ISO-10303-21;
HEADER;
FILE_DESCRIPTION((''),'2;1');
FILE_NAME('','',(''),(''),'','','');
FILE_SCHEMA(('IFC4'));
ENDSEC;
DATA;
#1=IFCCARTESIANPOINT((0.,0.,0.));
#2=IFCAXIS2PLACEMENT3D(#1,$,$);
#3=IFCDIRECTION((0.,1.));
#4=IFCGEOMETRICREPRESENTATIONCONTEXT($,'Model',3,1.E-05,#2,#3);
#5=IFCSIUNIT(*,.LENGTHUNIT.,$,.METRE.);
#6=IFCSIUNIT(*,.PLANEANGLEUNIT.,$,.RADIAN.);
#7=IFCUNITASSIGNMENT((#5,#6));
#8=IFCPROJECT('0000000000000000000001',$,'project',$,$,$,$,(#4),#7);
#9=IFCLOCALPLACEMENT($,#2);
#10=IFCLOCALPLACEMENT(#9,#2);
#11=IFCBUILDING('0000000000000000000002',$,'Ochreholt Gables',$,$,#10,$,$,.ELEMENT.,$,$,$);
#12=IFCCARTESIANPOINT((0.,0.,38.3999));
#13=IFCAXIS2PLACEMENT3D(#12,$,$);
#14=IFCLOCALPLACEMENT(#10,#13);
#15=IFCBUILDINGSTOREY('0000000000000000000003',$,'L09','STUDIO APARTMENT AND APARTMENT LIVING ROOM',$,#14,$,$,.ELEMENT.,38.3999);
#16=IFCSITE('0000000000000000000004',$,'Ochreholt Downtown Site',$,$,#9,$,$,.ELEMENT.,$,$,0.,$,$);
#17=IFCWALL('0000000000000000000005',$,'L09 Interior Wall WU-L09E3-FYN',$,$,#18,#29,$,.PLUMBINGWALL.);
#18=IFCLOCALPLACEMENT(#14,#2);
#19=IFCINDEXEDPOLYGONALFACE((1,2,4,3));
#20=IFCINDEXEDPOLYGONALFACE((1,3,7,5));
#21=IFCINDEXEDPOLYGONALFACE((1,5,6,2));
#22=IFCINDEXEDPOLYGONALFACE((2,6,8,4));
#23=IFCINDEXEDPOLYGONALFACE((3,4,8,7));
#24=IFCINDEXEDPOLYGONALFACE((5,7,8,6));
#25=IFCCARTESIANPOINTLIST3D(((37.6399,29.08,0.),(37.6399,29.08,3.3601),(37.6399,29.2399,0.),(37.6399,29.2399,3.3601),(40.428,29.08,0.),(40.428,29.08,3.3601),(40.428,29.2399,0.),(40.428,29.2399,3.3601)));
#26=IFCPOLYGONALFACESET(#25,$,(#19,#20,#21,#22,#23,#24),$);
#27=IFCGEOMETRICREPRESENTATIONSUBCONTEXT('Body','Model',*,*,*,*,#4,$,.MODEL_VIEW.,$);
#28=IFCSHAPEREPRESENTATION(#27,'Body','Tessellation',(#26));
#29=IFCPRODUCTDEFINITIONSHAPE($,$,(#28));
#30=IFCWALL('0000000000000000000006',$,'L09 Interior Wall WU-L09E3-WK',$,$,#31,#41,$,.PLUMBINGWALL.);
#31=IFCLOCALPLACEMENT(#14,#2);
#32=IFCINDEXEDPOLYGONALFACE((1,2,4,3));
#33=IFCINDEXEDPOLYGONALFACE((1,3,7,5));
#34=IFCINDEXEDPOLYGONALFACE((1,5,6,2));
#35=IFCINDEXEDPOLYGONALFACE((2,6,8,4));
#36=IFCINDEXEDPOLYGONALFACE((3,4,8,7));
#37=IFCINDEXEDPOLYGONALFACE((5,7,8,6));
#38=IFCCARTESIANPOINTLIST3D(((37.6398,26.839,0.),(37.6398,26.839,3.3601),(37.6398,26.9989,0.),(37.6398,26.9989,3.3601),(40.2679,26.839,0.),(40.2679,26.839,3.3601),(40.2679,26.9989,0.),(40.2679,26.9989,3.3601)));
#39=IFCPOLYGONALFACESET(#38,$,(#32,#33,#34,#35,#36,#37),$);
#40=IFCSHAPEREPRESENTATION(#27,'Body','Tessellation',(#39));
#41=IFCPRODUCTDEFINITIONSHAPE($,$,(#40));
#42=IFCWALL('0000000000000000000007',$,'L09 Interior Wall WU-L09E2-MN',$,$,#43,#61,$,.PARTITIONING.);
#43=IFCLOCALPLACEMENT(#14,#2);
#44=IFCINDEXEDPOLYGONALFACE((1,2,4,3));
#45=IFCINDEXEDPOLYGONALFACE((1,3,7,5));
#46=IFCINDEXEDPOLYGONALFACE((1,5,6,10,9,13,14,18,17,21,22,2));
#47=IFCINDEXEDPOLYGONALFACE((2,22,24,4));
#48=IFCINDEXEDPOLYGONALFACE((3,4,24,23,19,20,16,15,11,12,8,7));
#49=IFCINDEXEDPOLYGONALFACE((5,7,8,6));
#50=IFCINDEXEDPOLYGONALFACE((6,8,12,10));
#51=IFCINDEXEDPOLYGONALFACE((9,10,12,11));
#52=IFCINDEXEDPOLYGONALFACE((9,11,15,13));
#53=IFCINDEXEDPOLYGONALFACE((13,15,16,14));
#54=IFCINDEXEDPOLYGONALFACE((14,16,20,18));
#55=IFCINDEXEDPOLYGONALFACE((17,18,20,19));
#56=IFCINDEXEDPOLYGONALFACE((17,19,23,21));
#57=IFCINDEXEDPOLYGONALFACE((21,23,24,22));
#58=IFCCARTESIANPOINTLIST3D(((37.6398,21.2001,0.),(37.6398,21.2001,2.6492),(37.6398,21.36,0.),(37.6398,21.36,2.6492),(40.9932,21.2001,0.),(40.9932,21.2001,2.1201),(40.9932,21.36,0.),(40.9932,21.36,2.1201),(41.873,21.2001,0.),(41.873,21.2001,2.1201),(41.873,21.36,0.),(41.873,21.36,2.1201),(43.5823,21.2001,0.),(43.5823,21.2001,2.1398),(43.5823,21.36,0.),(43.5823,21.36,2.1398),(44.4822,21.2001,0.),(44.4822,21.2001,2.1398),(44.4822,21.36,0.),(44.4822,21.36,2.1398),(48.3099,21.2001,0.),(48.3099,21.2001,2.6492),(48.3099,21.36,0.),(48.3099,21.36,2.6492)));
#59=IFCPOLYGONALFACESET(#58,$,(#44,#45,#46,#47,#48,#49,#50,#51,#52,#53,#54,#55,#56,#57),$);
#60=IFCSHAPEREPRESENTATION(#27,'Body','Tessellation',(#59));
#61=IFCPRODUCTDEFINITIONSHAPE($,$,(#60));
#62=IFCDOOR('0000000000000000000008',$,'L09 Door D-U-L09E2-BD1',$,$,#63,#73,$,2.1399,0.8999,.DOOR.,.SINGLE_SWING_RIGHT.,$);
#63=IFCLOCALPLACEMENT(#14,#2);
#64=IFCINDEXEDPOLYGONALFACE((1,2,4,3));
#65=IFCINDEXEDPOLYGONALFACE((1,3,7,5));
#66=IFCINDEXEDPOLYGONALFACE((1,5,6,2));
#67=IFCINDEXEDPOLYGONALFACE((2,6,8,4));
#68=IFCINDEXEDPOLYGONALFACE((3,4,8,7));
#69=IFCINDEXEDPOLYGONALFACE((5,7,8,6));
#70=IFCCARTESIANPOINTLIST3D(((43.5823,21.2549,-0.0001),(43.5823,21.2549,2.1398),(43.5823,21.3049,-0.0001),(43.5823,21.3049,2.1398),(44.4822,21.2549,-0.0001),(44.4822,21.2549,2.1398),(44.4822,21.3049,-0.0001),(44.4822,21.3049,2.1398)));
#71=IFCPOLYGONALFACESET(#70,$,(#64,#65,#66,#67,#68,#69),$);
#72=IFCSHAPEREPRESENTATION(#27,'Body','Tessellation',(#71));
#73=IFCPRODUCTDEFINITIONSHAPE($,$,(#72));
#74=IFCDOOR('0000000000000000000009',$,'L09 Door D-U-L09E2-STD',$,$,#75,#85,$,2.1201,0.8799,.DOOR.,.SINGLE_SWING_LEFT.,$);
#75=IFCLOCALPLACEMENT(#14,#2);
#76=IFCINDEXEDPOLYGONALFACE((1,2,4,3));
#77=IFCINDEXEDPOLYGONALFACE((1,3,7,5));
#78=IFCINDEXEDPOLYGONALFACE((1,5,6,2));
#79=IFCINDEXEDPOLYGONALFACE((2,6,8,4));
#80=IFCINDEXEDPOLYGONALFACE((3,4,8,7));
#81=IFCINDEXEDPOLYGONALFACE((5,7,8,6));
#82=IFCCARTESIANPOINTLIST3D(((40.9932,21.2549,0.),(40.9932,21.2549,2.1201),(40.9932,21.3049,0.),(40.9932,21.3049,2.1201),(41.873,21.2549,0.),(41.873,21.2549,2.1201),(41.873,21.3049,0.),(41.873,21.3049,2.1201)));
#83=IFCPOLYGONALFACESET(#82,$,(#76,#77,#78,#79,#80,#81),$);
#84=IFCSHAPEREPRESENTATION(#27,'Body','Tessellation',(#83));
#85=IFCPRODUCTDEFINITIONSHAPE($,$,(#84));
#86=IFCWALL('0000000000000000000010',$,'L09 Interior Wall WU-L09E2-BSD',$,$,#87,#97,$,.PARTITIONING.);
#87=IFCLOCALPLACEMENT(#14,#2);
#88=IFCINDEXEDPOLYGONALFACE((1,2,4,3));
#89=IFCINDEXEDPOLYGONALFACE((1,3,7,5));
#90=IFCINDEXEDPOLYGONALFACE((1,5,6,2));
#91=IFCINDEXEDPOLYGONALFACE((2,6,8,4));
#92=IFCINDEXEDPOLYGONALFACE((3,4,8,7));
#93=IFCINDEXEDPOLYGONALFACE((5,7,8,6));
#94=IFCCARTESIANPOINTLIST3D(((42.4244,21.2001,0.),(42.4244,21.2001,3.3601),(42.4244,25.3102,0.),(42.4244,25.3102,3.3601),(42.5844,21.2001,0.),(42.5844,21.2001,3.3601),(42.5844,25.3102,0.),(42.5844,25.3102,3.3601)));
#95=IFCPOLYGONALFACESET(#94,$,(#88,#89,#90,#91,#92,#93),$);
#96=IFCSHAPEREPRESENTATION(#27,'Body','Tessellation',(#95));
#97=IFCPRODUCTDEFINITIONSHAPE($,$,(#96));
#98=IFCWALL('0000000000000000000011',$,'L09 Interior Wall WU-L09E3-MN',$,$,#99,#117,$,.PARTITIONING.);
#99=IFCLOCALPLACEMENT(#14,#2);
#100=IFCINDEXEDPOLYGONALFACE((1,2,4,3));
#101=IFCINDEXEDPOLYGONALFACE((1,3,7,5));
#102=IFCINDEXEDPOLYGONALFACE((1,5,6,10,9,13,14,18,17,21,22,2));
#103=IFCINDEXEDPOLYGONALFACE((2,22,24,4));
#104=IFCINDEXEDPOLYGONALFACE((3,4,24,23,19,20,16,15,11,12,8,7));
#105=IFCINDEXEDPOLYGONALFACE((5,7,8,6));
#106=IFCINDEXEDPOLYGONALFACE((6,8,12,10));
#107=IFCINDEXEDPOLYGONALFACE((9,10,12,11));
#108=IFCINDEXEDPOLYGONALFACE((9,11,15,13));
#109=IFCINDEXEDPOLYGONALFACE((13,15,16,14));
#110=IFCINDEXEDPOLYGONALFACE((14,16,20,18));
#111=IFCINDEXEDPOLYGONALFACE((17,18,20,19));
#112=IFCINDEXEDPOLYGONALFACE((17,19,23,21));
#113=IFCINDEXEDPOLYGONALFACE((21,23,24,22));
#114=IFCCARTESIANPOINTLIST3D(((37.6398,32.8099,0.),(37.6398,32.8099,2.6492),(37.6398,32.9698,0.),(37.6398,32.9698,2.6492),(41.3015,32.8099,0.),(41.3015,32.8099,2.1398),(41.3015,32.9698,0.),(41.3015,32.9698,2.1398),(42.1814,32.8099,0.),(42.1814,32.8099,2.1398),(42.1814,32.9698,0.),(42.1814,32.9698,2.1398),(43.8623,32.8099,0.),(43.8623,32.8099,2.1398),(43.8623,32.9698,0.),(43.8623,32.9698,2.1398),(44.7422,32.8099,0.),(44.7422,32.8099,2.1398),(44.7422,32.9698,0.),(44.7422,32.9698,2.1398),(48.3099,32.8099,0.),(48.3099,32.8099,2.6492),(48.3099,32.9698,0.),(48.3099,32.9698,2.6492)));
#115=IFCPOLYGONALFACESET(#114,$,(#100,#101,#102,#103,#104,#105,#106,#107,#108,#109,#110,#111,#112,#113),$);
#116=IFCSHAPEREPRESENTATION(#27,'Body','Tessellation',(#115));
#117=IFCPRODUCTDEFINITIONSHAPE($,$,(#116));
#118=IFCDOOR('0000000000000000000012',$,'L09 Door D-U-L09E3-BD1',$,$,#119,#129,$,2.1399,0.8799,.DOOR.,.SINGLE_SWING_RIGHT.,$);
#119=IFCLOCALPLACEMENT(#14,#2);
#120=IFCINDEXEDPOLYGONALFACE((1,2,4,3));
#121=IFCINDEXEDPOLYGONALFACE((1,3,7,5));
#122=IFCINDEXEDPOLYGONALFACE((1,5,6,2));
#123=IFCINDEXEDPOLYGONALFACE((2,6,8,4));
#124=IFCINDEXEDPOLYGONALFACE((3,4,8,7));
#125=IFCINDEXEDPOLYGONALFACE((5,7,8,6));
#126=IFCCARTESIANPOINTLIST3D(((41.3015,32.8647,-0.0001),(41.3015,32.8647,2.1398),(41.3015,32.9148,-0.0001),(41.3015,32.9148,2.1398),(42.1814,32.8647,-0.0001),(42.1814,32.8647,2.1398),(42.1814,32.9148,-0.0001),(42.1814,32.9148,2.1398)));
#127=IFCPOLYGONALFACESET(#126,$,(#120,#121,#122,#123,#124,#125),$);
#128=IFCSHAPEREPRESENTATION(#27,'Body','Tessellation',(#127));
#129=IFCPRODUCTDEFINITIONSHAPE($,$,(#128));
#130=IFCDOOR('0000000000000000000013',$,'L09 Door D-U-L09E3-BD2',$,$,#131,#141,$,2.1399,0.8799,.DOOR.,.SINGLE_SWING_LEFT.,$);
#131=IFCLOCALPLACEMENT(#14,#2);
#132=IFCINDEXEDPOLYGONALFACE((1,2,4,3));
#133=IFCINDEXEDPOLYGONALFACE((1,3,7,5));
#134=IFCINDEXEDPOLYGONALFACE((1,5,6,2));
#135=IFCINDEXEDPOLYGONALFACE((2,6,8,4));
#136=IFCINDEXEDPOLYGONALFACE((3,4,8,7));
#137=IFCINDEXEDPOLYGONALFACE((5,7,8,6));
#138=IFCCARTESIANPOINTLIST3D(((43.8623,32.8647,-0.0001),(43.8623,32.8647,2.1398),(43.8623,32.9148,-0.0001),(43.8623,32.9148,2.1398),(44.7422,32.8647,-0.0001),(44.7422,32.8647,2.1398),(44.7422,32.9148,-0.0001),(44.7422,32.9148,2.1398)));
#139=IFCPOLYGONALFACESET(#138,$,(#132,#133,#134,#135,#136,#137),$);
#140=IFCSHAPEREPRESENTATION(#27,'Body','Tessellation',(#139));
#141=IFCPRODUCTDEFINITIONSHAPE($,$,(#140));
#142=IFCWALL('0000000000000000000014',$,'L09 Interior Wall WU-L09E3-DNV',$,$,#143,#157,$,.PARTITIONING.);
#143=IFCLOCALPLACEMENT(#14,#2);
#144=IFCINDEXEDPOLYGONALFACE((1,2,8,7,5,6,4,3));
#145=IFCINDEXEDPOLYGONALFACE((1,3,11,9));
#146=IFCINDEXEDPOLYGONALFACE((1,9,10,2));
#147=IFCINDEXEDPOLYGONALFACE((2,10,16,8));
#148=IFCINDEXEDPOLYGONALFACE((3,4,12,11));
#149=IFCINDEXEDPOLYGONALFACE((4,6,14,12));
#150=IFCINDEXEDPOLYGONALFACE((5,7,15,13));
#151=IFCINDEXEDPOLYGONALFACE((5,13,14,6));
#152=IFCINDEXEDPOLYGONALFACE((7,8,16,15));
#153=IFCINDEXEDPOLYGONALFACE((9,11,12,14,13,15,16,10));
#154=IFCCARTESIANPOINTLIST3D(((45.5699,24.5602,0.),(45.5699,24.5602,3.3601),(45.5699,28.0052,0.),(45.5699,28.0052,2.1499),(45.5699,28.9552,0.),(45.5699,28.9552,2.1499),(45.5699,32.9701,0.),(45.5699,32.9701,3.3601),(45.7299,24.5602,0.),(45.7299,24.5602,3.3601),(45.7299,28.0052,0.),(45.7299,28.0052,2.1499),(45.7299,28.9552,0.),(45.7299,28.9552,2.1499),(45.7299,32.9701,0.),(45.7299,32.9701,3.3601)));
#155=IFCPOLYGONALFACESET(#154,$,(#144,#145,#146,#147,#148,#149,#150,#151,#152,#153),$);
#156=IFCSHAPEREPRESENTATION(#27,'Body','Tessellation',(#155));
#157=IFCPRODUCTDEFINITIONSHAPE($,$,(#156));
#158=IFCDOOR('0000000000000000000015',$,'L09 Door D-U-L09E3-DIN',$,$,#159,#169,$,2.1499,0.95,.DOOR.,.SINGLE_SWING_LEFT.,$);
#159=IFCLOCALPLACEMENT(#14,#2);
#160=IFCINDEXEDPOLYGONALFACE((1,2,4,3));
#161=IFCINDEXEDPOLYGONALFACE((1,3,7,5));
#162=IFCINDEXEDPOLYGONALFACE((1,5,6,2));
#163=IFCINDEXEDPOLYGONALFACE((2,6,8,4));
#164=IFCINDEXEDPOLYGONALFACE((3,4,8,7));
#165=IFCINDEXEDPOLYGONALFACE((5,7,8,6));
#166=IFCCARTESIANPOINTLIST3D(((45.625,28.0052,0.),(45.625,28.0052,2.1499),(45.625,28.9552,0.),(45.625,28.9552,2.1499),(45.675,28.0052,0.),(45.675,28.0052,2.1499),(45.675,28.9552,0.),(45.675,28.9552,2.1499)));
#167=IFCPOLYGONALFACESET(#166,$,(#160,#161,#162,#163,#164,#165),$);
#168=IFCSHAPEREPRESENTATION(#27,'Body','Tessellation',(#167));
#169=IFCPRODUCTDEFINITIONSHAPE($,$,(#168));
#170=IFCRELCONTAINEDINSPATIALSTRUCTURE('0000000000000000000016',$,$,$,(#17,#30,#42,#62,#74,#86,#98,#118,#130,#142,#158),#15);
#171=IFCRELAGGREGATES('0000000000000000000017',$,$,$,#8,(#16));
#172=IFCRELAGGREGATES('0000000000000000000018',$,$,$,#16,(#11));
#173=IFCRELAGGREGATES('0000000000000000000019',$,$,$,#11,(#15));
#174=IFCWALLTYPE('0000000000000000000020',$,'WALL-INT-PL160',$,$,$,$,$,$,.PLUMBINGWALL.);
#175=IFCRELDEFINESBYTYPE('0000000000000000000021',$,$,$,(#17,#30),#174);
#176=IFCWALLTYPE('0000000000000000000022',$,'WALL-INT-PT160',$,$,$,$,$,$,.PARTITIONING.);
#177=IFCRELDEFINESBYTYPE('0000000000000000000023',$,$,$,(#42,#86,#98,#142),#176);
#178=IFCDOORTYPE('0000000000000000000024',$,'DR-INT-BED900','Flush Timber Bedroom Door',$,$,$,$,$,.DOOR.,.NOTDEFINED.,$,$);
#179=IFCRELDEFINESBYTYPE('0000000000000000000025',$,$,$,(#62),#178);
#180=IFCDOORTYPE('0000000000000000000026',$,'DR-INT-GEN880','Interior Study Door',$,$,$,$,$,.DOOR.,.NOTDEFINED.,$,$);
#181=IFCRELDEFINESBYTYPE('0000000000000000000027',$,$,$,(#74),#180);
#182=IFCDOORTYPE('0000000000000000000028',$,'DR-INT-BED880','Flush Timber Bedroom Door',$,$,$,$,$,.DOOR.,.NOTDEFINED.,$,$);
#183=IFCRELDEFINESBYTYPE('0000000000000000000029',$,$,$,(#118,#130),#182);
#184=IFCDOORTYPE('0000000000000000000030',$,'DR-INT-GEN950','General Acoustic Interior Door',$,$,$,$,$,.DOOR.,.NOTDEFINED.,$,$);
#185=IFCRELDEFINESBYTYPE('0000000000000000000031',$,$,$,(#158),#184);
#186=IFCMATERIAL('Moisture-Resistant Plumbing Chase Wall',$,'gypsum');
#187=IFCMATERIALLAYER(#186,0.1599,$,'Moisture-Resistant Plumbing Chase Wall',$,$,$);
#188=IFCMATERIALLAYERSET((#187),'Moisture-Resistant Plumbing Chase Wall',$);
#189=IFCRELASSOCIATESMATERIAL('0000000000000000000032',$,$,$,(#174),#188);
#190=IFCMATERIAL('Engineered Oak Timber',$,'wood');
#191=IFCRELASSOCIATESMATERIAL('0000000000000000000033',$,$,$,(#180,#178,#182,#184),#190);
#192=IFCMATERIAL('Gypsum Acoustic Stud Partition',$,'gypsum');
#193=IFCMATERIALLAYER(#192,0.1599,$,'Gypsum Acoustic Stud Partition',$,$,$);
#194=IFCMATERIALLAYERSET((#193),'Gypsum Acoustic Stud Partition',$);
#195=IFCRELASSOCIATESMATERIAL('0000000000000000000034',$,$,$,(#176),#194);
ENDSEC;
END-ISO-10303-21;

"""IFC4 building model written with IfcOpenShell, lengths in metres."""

from ifc_helpers import new_model, si_unit, direction, frame, frame_2d, origin, place, context, subcontext, project, spatial, rectangle, extrude, material, layer, layer_set, type_object, element, fill, save


model = new_model("IFC4")

# Units and contexts
model_context = context("Model", 3, precision=1e-05, world=origin(), true_north=direction((0.0, 1.0)))
body_context = subcontext(model_context, "Body", "Model", "MODEL_VIEW")
ifc_project = project(units=[si_unit("LENGTHUNIT", "METRE"), si_unit("PLANEANGLEUNIT", "RADIAN")], contexts=[model_context])

# Site, building, storey
site_placement = place(None, origin())
site = spatial("IfcSite", under=ifc_project, at=site_placement, Name="Ochreholt Downtown Site", CompositionType="ELEMENT", RefElevation=0.0)
building_placement = place(site_placement, origin())
building = spatial("IfcBuilding", under=site, at=building_placement, Name="Ochreholt Gables", CompositionType="ELEMENT")
storey_placement = place(building_placement, frame((0.0, 0.0, 38.3999)))
storey = spatial("IfcBuildingStorey", under=building, at=storey_placement, Name="L09", Description="STUDIO APARTMENT AND APARTMENT LIVING ROOM", CompositionType="ELEMENT", Elevation=38.3999)

# Wall
ifc_material_1 = material(Name="Moisture-Resistant Plumbing Chase Wall", Category="gypsum")
ifc_layer_1 = layer(ifc_material_1, 0.1599, Name="Moisture-Resistant Plumbing Chase Wall")
ifc_layer_set_1 = layer_set([ifc_layer_1], Name="Moisture-Resistant Plumbing Chase Wall")
wall_type_1 = type_object("IfcWallType", Name="WALL-INT-PL160", PredefinedType="PLUMBINGWALL", material=ifc_layer_set_1)
wall_1_placement = place(storey_placement, frame((37.6399, 29.1599, 0.0), z_axis=(0.0, 0.0, 1.0), x_axis=(1.0, 0.0, 0.0)))
element("IfcWall", 1, at=wall_1_placement, inside=storey, type_object=wall_type_1, Name="L09 Interior Wall WU-L09E3-FYN", PredefinedType="PLUMBINGWALL", context=body_context, shape_type="SweptSolid", body=[
    extrude(rectangle(XDim=2.7881, YDim=0.1599, at=frame_2d((1.394, 0.0))), origin(), (0.0, 0.0, 1.0), 3.3601),
])

# Shared definitions
ifc_material_2 = material(Name="Engineered Oak Timber", Category="wood")
door_type_1 = type_object("IfcDoorType", Name="DR-INT-GEN880", Description="Interior Study Door", OperationType="NOTDEFINED", PredefinedType="DOOR", material=ifc_material_2)

# Wall
wall_2_placement = place(storey_placement, frame((37.6399, 26.9189, 0.0), z_axis=(0.0, 0.0, 1.0), x_axis=(1.0, 0.0, 0.0)))
element("IfcWall", 2, at=wall_2_placement, inside=storey, type_object=wall_type_1, Name="L09 Interior Wall WU-L09E3-WK", PredefinedType="PLUMBINGWALL", context=body_context, shape_type="SweptSolid", body=[
    extrude(rectangle(XDim=2.6282, YDim=0.1599, at=frame_2d((1.314, 0.0))), origin(), (0.0, 0.0, 1.0), 3.3601),
])

# Wall, openings, doors
ifc_material_3 = material(Name="Gypsum Acoustic Stud Partition", Category="gypsum")
ifc_layer_2 = layer(ifc_material_3, 0.1599, Name="Gypsum Acoustic Stud Partition")
ifc_layer_set_2 = layer_set([ifc_layer_2], Name="Gypsum Acoustic Stud Partition")
wall_type_2 = type_object("IfcWallType", Name="WALL-INT-PT160", PredefinedType="PARTITIONING", material=ifc_layer_set_2)
wall_3_placement = place(storey_placement, frame((37.6399, 21.28, 0.0), z_axis=(0.0, 0.0, 1.0), x_axis=(1.0, 0.0, 0.0)))
wall_3 = element("IfcWall", 3, at=wall_3_placement, inside=storey, type_object=wall_type_2, Name="L09 Interior Wall WU-L09E2-MN", PredefinedType="PARTITIONING", context=body_context, shape_type="SweptSolid", body=[
    extrude(rectangle(XDim=10.6702, YDim=0.1599, at=frame_2d((5.335, 0.0))), origin(), (0.0, 0.0, 1.0), 2.6492),
])
opening_1_placement = place(wall_3_placement, frame((3.3533, 0.0, 0.0)))
opening_1 = element("IfcOpeningElement", 4, at=opening_1_placement, cuts=wall_3, PredefinedType="OPENING", context=body_context, shape_type="SweptSolid", body=[
    extrude(rectangle(XDim=0.8799, YDim=2.1201, at=frame_2d((0.4399, 1.0601))), frame((0.0, 0.0898, 0.0), z_axis=(0.0, -1.0, 0.0), x_axis=(1.0, 0.0, 0.0)), (0.0, 0.0, 1.0), 0.1799),
])
opening_2_placement = place(wall_3_placement, frame((5.9424, 0.0, 0.0)))
opening_2 = element("IfcOpeningElement", 5, at=opening_2_placement, cuts=wall_3, PredefinedType="OPENING", context=body_context, shape_type="SweptSolid", body=[
    extrude(rectangle(XDim=0.8999, YDim=2.1399, at=frame_2d((0.45, 1.0698))), frame((0.0, 0.0898, 0.0), z_axis=(0.0, -1.0, 0.0), x_axis=(1.0, 0.0, 0.0)), (0.0, 0.0, 1.0), 0.1799),
])
door_type_2 = type_object("IfcDoorType", Name="DR-INT-BED900", Description="Flush Timber Bedroom Door", OperationType="NOTDEFINED", PredefinedType="DOOR", material=ifc_material_2)
door_1_placement = place(opening_2_placement, origin())
door_1 = element("IfcDoor", 6, at=door_1_placement, inside=storey, type_object=door_type_2, Name="L09 Door D-U-L09E2-BD1", OperationType="SINGLE_SWING_RIGHT", OverallHeight=2.1399, OverallWidth=0.8999, PredefinedType="DOOR", context=body_context, shape_type="SweptSolid", body=[
    extrude(rectangle(XDim=0.8999, YDim=2.1399, at=frame_2d((0.45, 1.0698))), frame((0.0, 0.0249, 0.0), z_axis=(0.0, -1.0, 0.0), x_axis=(1.0, 0.0, 0.0)), (0.0, 0.0, 1.0), 0.05),
])
fill(opening_2, door_1)
door_2_placement = place(opening_1_placement, origin())
door_2 = element("IfcDoor", 7, at=door_2_placement, inside=storey, type_object=door_type_1, Name="L09 Door D-U-L09E2-STD", OperationType="SINGLE_SWING_LEFT", OverallHeight=2.1201, OverallWidth=0.8799, PredefinedType="DOOR", context=body_context, shape_type="SweptSolid", body=[
    extrude(rectangle(XDim=0.8799, YDim=2.1201, at=frame_2d((0.4399, 1.0601))), frame((0.0, 0.0249, 0.0), z_axis=(0.0, -1.0, 0.0), x_axis=(1.0, 0.0, 0.0)), (0.0, 0.0, 1.0), 0.05),
])
fill(opening_1, door_2)

# Wall
wall_4_placement = place(storey_placement, frame((42.5044, 21.2, 0.0), z_axis=(0.0, 0.0, 1.0), x_axis=(0.0, 1.0, 0.0)))
element("IfcWall", 8, at=wall_4_placement, inside=storey, type_object=wall_type_2, Name="L09 Interior Wall WU-L09E2-BSD", PredefinedType="PARTITIONING", context=body_context, shape_type="SweptSolid", body=[
    extrude(rectangle(XDim=4.1101, YDim=0.1599, at=frame_2d((2.0552, 0.0))), origin(), (0.0, 0.0, 1.0), 3.3601),
])

# Wall, openings, doors
wall_5_placement = place(storey_placement, frame((37.6399, 32.8899, 0.0), z_axis=(0.0, 0.0, 1.0), x_axis=(1.0, 0.0, 0.0)))
wall_5 = element("IfcWall", 9, at=wall_5_placement, inside=storey, type_object=wall_type_2, Name="L09 Interior Wall WU-L09E3-MN", PredefinedType="PARTITIONING", context=body_context, shape_type="SweptSolid", body=[
    extrude(rectangle(XDim=10.6702, YDim=0.1599, at=frame_2d((5.335, 0.0))), origin(), (0.0, 0.0, 1.0), 2.6492),
])
opening_3_placement = place(wall_5_placement, frame((3.6616, 0.0, 0.0)))
opening_3 = element("IfcOpeningElement", 10, at=opening_3_placement, cuts=wall_5, PredefinedType="OPENING", context=body_context, shape_type="SweptSolid", body=[
    extrude(rectangle(XDim=0.8799, YDim=2.1399, at=frame_2d((0.4399, 1.0698))), frame((0.0, 0.0898, 0.0), z_axis=(0.0, -1.0, 0.0), x_axis=(1.0, 0.0, 0.0)), (0.0, 0.0, 1.0), 0.1799),
])
opening_4_placement = place(wall_5_placement, frame((6.2224, 0.0, 0.0)))
opening_4 = element("IfcOpeningElement", 11, at=opening_4_placement, cuts=wall_5, PredefinedType="OPENING", context=body_context, shape_type="SweptSolid", body=[
    extrude(rectangle(XDim=0.8799, YDim=2.1399, at=frame_2d((0.4399, 1.0698))), frame((0.0, 0.0898, 0.0), z_axis=(0.0, -1.0, 0.0), x_axis=(1.0, 0.0, 0.0)), (0.0, 0.0, 1.0), 0.1799),
])
door_type_3 = type_object("IfcDoorType", Name="DR-INT-BED880", Description="Flush Timber Bedroom Door", OperationType="NOTDEFINED", PredefinedType="DOOR", material=ifc_material_2)
door_3_placement = place(opening_3_placement, origin())
door_3 = element("IfcDoor", 12, at=door_3_placement, inside=storey, type_object=door_type_3, Name="L09 Door D-U-L09E3-BD1", OperationType="SINGLE_SWING_RIGHT", OverallHeight=2.1399, OverallWidth=0.8799, PredefinedType="DOOR", context=body_context, shape_type="SweptSolid", body=[
    extrude(rectangle(XDim=0.8799, YDim=2.1399, at=frame_2d((0.4399, 1.0698))), frame((0.0, 0.0249, 0.0), z_axis=(0.0, -1.0, 0.0), x_axis=(1.0, 0.0, 0.0)), (0.0, 0.0, 1.0), 0.05),
])
fill(opening_3, door_3)
door_4_placement = place(opening_4_placement, origin())
door_4 = element("IfcDoor", 13, at=door_4_placement, inside=storey, type_object=door_type_3, Name="L09 Door D-U-L09E3-BD2", OperationType="SINGLE_SWING_LEFT", OverallHeight=2.1399, OverallWidth=0.8799, PredefinedType="DOOR", context=body_context, shape_type="SweptSolid", body=[
    extrude(rectangle(XDim=0.8799, YDim=2.1399, at=frame_2d((0.4399, 1.0698))), frame((0.0, 0.0249, 0.0), z_axis=(0.0, -1.0, 0.0), x_axis=(1.0, 0.0, 0.0)), (0.0, 0.0, 1.0), 0.05),
])
fill(opening_4, door_4)

# Wall, opening, door
wall_6_placement = place(storey_placement, frame((45.6499, 24.5601, 0.0), z_axis=(0.0, 0.0, 1.0), x_axis=(0.0, 1.0, 0.0)))
wall_6 = element("IfcWall", 14, at=wall_6_placement, inside=storey, type_object=wall_type_2, Name="L09 Interior Wall WU-L09E3-DNV", PredefinedType="PARTITIONING", context=body_context, shape_type="SweptSolid", body=[
    extrude(rectangle(XDim=8.4099, YDim=0.1599, at=frame_2d((4.2051, 0.0))), origin(), (0.0, 0.0, 1.0), 3.3601),
])
opening_5_placement = place(wall_6_placement, frame((3.4451, 0.0, 0.0)))
opening_5 = element("IfcOpeningElement", 15, at=opening_5_placement, cuts=wall_6, PredefinedType="OPENING", context=body_context, shape_type="SweptSolid", body=[
    extrude(rectangle(XDim=0.95, YDim=2.1499, at=frame_2d((0.4751, 1.075))), frame((0.0, 0.0898, 0.0), z_axis=(0.0, -1.0, 0.0), x_axis=(1.0, 0.0, 0.0)), (0.0, 0.0, 1.0), 0.1799),
])
door_type_4 = type_object("IfcDoorType", Name="DR-INT-GEN950", Description="General Acoustic Interior Door", OperationType="NOTDEFINED", PredefinedType="DOOR", material=ifc_material_2)
door_5_placement = place(opening_5_placement, origin())
door_5 = element("IfcDoor", 16, at=door_5_placement, inside=storey, type_object=door_type_4, Name="L09 Door D-U-L09E3-DIN", OperationType="SINGLE_SWING_LEFT", OverallHeight=2.1499, OverallWidth=0.95, PredefinedType="DOOR", context=body_context, shape_type="SweptSolid", body=[
    extrude(rectangle(XDim=0.95, YDim=2.1499, at=frame_2d((0.4751, 1.075))), frame((0.0, 0.0249, 0.0), z_axis=(0.0, -1.0, 0.0), x_axis=(1.0, 0.0, 0.0)), (0.0, 0.0, 1.0), 0.05),
])
fill(opening_5, door_5)

save(model, "model.ifc")
